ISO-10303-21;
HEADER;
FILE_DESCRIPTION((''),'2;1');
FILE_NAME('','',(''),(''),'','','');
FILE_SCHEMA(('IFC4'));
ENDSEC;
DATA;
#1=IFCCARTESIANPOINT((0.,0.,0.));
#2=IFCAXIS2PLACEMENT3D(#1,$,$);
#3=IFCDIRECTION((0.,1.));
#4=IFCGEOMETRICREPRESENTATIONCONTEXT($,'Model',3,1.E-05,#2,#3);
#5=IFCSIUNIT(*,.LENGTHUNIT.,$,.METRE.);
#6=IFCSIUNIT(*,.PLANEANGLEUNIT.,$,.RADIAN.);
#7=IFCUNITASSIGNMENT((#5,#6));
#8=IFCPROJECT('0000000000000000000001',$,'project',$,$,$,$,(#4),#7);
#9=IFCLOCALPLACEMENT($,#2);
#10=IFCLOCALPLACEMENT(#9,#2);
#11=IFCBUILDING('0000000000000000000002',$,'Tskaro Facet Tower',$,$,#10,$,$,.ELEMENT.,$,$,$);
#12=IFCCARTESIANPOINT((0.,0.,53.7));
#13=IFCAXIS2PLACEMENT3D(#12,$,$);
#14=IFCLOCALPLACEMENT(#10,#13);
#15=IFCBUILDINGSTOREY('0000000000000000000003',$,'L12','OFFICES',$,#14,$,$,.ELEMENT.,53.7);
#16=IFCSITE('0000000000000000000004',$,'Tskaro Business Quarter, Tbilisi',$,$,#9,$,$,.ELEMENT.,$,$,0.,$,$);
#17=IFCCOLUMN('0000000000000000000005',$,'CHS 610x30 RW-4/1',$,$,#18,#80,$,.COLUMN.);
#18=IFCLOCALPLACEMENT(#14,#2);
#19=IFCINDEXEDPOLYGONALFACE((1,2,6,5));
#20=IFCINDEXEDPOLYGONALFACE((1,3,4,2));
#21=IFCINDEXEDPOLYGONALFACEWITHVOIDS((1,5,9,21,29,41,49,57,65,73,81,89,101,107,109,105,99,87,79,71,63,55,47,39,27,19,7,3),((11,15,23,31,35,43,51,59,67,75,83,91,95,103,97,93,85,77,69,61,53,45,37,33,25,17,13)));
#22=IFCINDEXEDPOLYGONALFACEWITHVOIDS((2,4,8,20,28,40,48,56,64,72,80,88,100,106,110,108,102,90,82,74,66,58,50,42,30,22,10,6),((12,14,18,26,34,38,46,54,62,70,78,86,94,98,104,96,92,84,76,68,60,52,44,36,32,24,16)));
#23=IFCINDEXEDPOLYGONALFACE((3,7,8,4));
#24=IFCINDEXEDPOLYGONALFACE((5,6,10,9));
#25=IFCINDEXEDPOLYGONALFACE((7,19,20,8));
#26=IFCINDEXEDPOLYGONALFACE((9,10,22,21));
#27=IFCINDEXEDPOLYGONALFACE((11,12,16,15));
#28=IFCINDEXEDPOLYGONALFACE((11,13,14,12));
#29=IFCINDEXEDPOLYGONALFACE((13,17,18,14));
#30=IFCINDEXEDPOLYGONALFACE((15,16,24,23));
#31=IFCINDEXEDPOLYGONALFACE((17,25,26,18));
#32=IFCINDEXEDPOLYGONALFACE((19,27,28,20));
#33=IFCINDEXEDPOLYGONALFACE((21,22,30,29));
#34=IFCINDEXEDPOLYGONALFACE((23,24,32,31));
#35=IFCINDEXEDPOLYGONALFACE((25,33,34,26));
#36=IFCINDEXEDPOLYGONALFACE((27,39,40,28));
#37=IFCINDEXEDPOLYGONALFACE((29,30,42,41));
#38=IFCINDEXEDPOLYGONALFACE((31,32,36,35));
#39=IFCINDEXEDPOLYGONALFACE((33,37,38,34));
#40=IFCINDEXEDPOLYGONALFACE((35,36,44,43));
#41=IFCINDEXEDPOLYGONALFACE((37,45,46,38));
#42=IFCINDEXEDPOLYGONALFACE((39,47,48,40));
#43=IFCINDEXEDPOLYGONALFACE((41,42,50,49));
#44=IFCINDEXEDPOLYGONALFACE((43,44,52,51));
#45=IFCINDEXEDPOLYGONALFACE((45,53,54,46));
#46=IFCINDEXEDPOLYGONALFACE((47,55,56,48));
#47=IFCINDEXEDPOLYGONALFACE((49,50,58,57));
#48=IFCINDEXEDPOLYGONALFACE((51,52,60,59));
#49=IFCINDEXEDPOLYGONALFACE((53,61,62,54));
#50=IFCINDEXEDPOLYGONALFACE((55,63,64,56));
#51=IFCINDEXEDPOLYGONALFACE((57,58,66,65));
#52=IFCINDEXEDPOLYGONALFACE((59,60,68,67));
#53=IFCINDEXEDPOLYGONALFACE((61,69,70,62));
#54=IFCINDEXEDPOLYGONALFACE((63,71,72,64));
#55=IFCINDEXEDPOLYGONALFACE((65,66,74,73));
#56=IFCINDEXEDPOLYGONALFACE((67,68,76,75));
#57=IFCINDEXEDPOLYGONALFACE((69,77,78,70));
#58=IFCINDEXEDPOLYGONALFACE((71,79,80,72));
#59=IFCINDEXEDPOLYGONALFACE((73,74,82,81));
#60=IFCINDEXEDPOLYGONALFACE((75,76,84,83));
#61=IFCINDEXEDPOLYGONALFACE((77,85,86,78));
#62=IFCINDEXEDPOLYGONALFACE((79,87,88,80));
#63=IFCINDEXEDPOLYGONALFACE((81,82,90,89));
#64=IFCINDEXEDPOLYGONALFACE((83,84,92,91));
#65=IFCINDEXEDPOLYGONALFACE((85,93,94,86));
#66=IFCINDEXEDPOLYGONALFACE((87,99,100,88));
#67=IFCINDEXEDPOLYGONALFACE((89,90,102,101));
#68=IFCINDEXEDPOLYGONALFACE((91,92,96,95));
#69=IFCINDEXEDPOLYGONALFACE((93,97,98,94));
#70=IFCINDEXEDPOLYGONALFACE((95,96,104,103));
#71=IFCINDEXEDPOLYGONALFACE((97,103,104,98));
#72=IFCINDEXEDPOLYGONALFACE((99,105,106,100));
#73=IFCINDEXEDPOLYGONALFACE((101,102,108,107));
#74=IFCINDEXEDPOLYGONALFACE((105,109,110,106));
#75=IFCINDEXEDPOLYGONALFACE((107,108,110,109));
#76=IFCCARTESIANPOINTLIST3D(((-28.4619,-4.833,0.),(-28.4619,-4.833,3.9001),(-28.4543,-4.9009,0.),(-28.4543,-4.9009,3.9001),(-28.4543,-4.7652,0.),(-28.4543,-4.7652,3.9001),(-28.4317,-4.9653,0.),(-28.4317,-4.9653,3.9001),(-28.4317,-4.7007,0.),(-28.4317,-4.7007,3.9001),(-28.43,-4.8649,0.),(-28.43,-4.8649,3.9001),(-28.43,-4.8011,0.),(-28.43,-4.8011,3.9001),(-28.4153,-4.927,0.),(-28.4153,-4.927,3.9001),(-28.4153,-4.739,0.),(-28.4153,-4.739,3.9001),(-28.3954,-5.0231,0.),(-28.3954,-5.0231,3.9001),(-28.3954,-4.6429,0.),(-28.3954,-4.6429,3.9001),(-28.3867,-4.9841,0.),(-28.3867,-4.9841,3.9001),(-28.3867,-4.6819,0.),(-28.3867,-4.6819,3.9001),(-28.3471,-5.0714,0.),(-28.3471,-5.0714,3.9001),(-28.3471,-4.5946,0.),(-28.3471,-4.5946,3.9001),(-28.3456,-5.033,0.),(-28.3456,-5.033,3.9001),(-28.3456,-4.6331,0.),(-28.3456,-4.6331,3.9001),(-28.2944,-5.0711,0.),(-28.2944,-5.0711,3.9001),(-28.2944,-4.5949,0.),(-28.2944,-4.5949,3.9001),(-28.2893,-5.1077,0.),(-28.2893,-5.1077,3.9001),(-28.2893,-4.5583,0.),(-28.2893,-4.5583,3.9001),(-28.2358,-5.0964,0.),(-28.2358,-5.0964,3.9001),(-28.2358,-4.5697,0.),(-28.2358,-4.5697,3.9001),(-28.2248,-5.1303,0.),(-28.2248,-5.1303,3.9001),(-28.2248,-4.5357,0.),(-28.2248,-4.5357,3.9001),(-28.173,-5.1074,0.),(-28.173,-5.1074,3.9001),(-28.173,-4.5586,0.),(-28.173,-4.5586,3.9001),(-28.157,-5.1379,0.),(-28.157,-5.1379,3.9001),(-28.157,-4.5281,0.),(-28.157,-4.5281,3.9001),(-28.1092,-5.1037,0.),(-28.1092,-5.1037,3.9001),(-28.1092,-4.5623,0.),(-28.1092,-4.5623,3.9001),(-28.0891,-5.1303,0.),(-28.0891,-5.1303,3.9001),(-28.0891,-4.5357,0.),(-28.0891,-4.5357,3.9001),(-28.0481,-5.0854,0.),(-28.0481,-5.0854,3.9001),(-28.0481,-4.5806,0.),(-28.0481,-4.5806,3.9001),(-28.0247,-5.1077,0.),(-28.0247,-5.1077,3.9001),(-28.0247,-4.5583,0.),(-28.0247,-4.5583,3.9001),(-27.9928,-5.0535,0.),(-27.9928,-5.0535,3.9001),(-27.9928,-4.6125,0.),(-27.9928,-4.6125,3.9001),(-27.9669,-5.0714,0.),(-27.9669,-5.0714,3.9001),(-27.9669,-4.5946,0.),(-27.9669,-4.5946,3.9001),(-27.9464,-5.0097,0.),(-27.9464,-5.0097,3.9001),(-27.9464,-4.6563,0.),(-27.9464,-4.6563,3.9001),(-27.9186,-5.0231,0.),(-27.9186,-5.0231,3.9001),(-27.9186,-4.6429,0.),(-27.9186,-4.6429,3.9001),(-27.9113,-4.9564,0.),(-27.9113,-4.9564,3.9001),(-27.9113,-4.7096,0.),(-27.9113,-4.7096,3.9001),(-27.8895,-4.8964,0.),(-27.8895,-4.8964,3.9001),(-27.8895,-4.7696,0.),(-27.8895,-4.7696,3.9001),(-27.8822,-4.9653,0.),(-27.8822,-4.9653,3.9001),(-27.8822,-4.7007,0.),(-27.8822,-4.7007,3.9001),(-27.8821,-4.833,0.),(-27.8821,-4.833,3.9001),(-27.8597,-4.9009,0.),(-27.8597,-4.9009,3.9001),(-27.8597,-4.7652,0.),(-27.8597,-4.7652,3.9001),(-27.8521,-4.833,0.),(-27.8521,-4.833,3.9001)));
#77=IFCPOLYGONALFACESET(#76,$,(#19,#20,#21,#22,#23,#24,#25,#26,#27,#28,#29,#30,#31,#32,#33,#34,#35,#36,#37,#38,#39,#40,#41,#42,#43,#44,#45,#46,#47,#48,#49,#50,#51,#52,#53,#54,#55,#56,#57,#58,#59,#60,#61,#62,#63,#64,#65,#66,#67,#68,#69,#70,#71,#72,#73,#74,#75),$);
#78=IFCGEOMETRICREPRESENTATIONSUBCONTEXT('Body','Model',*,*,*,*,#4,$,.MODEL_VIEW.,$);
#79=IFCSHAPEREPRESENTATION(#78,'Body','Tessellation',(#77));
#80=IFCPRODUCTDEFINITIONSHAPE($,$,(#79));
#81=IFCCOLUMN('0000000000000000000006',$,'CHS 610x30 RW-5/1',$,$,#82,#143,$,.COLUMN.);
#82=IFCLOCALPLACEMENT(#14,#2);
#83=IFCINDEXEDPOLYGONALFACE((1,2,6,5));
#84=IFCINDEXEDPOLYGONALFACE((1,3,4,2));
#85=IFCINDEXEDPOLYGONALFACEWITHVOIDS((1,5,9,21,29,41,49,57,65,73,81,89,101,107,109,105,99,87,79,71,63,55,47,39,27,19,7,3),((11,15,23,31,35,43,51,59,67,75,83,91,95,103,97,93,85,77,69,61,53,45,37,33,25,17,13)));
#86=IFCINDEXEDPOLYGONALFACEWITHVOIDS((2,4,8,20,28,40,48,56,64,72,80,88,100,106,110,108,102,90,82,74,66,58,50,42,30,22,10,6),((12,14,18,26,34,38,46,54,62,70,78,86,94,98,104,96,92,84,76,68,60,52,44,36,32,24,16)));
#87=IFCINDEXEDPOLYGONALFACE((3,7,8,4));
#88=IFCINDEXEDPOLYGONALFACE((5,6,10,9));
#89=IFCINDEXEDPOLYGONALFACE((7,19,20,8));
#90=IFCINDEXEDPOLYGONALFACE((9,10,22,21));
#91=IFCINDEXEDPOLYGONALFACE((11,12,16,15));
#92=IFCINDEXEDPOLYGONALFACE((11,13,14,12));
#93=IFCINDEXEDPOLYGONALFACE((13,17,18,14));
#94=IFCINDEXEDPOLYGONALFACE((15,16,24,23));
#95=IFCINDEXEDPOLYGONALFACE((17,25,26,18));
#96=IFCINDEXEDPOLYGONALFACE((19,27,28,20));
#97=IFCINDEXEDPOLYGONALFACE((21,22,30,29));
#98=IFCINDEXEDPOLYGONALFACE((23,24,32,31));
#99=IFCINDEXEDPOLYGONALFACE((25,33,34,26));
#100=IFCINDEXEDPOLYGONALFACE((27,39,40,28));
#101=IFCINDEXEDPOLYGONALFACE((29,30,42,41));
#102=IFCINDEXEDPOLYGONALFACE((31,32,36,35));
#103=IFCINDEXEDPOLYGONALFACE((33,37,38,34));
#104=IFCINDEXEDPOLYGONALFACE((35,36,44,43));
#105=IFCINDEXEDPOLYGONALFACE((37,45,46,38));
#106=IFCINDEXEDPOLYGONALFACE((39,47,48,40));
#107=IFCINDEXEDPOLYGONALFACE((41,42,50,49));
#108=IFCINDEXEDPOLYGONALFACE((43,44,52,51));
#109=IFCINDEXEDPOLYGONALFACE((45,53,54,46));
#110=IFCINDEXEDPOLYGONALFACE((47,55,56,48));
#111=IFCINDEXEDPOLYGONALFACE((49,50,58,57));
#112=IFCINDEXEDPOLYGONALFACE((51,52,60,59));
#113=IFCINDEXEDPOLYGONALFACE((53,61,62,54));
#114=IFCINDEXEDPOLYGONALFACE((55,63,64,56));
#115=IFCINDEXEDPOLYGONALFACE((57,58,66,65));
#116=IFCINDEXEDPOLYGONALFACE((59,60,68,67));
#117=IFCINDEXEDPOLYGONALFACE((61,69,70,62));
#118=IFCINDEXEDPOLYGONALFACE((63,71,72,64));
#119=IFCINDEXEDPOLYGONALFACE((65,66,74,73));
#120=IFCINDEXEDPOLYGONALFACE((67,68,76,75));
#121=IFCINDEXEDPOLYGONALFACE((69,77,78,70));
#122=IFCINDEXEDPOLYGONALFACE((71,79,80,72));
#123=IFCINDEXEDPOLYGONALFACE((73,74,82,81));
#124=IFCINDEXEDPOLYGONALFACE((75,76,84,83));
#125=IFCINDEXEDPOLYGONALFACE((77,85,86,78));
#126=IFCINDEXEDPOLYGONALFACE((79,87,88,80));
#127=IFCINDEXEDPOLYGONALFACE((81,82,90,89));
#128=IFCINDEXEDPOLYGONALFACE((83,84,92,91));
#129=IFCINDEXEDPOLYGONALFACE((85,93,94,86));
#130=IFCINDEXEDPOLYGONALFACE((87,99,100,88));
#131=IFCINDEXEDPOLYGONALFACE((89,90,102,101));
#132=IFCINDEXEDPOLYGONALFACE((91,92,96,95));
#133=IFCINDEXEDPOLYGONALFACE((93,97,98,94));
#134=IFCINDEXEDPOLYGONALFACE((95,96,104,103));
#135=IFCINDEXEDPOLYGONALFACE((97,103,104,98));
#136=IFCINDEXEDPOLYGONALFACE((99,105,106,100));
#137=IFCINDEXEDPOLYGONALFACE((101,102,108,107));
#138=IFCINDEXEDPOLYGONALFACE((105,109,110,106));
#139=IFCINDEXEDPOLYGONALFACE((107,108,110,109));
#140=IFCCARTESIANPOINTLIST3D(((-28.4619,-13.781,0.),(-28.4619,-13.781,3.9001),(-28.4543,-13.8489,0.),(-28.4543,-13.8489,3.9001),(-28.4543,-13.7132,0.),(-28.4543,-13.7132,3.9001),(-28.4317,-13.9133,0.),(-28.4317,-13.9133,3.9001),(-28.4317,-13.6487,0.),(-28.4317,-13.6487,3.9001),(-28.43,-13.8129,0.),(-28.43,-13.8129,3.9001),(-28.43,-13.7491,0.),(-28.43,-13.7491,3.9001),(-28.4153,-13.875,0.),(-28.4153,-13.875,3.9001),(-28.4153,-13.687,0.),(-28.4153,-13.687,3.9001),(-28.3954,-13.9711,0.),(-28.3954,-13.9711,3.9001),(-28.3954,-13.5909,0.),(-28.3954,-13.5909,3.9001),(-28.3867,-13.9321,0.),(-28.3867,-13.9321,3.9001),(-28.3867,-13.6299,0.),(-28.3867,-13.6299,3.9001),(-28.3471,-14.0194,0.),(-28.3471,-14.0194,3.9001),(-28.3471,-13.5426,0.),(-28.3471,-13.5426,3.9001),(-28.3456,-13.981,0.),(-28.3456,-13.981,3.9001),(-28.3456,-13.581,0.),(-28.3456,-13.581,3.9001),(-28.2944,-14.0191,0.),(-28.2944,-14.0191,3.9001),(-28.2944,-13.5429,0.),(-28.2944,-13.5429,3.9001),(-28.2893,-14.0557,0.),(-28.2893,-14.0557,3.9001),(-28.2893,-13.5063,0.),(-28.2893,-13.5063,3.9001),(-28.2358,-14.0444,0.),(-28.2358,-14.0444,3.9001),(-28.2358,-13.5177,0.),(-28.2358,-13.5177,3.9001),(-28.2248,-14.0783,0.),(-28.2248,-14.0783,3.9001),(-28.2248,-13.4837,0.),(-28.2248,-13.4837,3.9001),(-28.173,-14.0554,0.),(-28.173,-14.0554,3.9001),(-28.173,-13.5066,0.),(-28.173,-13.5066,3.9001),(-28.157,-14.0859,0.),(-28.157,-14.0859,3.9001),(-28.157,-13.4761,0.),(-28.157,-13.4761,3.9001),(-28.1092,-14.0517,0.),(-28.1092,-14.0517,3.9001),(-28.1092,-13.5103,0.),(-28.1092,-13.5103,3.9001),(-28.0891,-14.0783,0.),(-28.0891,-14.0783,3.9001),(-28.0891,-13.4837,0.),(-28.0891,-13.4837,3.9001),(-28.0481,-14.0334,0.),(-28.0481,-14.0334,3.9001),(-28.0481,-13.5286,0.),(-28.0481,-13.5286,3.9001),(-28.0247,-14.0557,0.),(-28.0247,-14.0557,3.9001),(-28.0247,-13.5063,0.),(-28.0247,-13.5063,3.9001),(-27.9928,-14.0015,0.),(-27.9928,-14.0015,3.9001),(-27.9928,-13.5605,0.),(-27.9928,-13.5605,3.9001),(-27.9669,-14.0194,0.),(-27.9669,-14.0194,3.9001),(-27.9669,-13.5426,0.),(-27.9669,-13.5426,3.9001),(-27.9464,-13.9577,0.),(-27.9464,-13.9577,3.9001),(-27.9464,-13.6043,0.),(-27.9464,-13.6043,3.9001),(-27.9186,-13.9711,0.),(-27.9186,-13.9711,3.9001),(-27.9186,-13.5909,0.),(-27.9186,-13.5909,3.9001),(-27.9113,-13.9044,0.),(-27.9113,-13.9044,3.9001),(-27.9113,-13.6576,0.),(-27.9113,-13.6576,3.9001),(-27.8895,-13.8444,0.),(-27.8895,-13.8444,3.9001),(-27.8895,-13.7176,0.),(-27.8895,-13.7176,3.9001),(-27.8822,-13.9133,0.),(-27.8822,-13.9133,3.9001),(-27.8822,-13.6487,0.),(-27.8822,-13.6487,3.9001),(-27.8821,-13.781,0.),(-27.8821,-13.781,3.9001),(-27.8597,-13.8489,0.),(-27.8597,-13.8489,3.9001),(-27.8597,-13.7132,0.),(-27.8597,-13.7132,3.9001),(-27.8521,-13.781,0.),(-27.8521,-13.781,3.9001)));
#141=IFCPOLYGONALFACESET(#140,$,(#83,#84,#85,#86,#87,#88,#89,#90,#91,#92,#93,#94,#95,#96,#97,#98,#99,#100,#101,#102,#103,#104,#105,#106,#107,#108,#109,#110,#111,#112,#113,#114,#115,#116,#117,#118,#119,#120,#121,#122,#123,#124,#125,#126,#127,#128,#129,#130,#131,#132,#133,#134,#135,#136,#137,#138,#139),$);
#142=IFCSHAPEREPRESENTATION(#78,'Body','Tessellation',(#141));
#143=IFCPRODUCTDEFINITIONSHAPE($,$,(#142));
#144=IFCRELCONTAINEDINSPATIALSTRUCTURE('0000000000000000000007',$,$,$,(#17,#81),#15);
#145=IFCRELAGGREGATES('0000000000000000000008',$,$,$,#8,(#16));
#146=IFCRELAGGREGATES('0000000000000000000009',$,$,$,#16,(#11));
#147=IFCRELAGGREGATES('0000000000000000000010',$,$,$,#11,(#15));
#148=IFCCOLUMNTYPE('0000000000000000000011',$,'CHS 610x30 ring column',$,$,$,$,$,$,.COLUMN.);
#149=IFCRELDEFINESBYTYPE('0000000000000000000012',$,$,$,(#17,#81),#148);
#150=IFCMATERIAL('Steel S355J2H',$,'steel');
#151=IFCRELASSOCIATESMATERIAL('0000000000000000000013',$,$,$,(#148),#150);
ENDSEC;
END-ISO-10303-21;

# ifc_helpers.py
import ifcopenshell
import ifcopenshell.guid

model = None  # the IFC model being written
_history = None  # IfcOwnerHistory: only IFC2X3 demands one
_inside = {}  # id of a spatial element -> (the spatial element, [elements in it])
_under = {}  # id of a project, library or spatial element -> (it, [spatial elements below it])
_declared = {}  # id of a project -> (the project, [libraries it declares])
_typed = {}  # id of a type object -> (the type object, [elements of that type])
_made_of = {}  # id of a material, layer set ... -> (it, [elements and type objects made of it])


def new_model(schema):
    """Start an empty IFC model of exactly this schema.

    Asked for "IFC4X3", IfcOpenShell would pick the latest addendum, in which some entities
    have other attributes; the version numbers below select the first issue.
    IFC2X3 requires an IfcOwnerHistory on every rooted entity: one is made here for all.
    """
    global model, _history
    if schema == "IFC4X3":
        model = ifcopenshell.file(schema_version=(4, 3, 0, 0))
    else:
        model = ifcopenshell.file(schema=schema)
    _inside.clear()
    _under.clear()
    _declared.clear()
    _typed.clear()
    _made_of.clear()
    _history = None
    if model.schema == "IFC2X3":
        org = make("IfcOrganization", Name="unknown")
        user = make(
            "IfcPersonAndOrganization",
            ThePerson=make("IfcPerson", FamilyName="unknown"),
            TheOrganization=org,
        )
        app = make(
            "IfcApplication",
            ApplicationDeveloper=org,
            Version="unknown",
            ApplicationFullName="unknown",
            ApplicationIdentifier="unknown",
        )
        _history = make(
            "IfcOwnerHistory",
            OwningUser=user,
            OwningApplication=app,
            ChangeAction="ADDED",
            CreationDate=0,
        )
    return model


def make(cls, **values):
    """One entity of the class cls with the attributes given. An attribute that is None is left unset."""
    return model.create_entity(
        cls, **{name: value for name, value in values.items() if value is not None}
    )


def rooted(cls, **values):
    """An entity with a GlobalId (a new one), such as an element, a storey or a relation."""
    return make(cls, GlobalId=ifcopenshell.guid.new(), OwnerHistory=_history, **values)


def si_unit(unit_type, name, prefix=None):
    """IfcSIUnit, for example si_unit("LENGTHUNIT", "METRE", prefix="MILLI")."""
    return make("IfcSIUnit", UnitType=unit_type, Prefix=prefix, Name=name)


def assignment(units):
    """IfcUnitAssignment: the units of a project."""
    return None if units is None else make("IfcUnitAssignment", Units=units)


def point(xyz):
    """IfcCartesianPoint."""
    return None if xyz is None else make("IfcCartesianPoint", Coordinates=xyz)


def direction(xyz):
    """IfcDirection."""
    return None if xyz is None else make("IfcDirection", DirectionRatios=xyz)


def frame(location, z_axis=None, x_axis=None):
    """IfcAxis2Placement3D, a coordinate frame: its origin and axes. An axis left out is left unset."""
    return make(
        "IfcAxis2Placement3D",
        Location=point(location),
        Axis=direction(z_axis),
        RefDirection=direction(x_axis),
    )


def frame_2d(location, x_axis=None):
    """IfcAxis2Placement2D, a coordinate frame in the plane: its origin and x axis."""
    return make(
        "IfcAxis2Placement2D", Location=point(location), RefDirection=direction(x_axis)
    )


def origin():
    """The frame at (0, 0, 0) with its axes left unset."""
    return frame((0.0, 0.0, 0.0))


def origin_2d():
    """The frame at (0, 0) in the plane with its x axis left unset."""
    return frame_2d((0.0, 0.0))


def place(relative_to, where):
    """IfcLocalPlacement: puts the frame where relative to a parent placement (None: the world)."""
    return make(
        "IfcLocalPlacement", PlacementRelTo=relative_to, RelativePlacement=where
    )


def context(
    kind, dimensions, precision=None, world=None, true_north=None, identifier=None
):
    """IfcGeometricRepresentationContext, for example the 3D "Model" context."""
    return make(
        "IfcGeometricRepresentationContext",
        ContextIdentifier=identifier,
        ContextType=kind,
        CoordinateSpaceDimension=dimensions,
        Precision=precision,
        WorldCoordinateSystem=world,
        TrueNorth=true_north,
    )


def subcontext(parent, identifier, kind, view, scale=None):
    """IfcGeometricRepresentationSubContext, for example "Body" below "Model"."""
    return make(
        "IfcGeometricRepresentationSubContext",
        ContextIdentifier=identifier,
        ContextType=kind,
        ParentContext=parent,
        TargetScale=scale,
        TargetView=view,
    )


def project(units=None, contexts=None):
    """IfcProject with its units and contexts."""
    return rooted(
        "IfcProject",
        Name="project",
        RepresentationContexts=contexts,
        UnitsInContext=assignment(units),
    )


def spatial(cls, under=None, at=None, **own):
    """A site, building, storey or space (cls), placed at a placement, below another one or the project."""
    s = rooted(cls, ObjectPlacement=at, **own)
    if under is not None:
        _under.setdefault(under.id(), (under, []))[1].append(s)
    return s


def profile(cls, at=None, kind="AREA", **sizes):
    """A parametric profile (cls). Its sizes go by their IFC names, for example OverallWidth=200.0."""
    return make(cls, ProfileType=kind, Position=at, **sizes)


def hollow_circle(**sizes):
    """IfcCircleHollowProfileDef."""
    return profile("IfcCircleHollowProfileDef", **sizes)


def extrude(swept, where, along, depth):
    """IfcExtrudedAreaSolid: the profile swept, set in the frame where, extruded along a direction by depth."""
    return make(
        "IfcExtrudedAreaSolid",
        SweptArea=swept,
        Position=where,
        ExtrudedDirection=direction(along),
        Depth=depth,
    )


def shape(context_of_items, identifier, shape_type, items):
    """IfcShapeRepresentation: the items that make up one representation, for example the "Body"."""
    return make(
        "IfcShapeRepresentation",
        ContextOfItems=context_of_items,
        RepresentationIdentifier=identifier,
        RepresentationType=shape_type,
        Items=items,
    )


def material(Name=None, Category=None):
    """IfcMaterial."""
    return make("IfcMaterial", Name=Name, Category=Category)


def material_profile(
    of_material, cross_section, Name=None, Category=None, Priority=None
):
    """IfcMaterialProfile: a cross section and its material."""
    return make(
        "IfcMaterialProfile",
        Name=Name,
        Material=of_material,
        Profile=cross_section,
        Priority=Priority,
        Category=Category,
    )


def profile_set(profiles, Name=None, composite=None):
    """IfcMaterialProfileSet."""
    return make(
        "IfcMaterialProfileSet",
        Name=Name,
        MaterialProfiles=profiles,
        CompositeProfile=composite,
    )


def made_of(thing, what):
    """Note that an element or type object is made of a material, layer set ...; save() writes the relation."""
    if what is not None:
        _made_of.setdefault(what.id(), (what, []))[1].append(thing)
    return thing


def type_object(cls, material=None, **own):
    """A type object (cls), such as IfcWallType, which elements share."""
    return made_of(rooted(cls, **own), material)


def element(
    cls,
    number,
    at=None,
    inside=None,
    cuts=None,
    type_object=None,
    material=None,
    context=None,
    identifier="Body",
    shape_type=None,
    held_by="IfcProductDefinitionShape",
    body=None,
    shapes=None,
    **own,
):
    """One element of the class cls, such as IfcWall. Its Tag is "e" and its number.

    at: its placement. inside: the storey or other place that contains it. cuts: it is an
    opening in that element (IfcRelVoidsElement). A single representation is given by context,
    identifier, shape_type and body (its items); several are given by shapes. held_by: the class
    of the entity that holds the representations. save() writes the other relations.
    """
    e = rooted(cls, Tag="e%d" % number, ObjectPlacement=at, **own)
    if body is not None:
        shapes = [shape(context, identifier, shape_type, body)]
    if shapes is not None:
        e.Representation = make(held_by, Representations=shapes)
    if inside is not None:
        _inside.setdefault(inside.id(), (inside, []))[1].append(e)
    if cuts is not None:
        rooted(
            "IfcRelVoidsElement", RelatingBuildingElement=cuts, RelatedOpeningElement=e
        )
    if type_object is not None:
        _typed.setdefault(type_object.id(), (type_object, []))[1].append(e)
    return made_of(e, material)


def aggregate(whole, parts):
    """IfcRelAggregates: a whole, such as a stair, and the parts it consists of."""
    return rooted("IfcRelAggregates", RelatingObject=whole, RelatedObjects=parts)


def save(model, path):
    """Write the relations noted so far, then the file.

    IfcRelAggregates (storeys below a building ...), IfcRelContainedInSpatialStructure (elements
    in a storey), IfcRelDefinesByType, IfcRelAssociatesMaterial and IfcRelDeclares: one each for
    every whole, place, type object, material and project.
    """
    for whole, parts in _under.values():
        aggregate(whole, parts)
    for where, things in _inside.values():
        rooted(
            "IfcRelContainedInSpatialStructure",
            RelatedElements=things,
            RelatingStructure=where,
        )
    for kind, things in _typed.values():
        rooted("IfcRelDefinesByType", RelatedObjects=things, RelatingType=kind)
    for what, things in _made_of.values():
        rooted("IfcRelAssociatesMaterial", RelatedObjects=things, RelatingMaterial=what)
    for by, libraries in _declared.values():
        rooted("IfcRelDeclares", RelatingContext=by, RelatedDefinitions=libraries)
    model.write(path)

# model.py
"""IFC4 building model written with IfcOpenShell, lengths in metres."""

from ifc_helpers import new_model, si_unit, direction, frame, origin, origin_2d, place, context, subcontext, project, spatial, hollow_circle, extrude, material, material_profile, profile_set, type_object, element, save


model = new_model("IFC4")

# Units and contexts
model_context = context("Model", 3, precision=1e-05, world=origin(), true_north=direction((0.0, 1.0)))
body_context = subcontext(model_context, "Body", "Model", "MODEL_VIEW")
ifc_project = project(units=[si_unit("LENGTHUNIT", "METRE"), si_unit("PLANEANGLEUNIT", "RADIAN")], contexts=[model_context])

# Site, building, storey
site_placement = place(None, origin())
site = spatial("IfcSite", under=ifc_project, at=site_placement, Name="Tskaro Business Quarter, Tbilisi", CompositionType="ELEMENT", RefElevation=0.0)
building_placement = place(site_placement, origin())
building = spatial("IfcBuilding", under=site, at=building_placement, Name="Tskaro Facet Tower", CompositionType="ELEMENT")
storey_placement = place(building_placement, frame((0.0, 0.0, 53.7)))
storey = spatial("IfcBuildingStorey", under=building, at=storey_placement, Name="L12", Description="OFFICES", CompositionType="ELEMENT", Elevation=53.7)

# Columns
ifc_material_1 = material(Name="Steel S355J2H", Category="steel")
ifc_material_profile_1 = material_profile(ifc_material_1, hollow_circle(Radius=0.3049, WallThickness=0.03, at=origin_2d()), Name="CHS 610x30")
ifc_profile_set_1 = profile_set([ifc_material_profile_1], Name="Steel S355J2H")
column_type_1 = type_object("IfcColumnType", Name="CHS 610x30 ring column", PredefinedType="COLUMN", material=ifc_profile_set_1)
for number, where, z_axis, x_axis, name in (
    (1, (-28.157, -4.833, 0.0), (0.0, 0.0, 1.0), (1.0, 0.0, 0.0), "CHS 610x30 RW-4/1"),
    (2, (-28.157, -13.781, 0.0), (0.0, 0.0, 1.0), (1.0, 0.0, 0.0), "CHS 610x30 RW-5/1"),
):
    element("IfcColumn", number, at=place(storey_placement, frame(where, z_axis=z_axis, x_axis=x_axis)), inside=storey, type_object=column_type_1, Name=name, PredefinedType="COLUMN", context=body_context, shape_type="SweptSolid", body=[
        extrude(hollow_circle(Radius=0.3049, WallThickness=0.03, at=origin_2d()), origin(), (0.0, 0.0, 1.0), 3.9001),
    ])

save(model, "model.ifc")
